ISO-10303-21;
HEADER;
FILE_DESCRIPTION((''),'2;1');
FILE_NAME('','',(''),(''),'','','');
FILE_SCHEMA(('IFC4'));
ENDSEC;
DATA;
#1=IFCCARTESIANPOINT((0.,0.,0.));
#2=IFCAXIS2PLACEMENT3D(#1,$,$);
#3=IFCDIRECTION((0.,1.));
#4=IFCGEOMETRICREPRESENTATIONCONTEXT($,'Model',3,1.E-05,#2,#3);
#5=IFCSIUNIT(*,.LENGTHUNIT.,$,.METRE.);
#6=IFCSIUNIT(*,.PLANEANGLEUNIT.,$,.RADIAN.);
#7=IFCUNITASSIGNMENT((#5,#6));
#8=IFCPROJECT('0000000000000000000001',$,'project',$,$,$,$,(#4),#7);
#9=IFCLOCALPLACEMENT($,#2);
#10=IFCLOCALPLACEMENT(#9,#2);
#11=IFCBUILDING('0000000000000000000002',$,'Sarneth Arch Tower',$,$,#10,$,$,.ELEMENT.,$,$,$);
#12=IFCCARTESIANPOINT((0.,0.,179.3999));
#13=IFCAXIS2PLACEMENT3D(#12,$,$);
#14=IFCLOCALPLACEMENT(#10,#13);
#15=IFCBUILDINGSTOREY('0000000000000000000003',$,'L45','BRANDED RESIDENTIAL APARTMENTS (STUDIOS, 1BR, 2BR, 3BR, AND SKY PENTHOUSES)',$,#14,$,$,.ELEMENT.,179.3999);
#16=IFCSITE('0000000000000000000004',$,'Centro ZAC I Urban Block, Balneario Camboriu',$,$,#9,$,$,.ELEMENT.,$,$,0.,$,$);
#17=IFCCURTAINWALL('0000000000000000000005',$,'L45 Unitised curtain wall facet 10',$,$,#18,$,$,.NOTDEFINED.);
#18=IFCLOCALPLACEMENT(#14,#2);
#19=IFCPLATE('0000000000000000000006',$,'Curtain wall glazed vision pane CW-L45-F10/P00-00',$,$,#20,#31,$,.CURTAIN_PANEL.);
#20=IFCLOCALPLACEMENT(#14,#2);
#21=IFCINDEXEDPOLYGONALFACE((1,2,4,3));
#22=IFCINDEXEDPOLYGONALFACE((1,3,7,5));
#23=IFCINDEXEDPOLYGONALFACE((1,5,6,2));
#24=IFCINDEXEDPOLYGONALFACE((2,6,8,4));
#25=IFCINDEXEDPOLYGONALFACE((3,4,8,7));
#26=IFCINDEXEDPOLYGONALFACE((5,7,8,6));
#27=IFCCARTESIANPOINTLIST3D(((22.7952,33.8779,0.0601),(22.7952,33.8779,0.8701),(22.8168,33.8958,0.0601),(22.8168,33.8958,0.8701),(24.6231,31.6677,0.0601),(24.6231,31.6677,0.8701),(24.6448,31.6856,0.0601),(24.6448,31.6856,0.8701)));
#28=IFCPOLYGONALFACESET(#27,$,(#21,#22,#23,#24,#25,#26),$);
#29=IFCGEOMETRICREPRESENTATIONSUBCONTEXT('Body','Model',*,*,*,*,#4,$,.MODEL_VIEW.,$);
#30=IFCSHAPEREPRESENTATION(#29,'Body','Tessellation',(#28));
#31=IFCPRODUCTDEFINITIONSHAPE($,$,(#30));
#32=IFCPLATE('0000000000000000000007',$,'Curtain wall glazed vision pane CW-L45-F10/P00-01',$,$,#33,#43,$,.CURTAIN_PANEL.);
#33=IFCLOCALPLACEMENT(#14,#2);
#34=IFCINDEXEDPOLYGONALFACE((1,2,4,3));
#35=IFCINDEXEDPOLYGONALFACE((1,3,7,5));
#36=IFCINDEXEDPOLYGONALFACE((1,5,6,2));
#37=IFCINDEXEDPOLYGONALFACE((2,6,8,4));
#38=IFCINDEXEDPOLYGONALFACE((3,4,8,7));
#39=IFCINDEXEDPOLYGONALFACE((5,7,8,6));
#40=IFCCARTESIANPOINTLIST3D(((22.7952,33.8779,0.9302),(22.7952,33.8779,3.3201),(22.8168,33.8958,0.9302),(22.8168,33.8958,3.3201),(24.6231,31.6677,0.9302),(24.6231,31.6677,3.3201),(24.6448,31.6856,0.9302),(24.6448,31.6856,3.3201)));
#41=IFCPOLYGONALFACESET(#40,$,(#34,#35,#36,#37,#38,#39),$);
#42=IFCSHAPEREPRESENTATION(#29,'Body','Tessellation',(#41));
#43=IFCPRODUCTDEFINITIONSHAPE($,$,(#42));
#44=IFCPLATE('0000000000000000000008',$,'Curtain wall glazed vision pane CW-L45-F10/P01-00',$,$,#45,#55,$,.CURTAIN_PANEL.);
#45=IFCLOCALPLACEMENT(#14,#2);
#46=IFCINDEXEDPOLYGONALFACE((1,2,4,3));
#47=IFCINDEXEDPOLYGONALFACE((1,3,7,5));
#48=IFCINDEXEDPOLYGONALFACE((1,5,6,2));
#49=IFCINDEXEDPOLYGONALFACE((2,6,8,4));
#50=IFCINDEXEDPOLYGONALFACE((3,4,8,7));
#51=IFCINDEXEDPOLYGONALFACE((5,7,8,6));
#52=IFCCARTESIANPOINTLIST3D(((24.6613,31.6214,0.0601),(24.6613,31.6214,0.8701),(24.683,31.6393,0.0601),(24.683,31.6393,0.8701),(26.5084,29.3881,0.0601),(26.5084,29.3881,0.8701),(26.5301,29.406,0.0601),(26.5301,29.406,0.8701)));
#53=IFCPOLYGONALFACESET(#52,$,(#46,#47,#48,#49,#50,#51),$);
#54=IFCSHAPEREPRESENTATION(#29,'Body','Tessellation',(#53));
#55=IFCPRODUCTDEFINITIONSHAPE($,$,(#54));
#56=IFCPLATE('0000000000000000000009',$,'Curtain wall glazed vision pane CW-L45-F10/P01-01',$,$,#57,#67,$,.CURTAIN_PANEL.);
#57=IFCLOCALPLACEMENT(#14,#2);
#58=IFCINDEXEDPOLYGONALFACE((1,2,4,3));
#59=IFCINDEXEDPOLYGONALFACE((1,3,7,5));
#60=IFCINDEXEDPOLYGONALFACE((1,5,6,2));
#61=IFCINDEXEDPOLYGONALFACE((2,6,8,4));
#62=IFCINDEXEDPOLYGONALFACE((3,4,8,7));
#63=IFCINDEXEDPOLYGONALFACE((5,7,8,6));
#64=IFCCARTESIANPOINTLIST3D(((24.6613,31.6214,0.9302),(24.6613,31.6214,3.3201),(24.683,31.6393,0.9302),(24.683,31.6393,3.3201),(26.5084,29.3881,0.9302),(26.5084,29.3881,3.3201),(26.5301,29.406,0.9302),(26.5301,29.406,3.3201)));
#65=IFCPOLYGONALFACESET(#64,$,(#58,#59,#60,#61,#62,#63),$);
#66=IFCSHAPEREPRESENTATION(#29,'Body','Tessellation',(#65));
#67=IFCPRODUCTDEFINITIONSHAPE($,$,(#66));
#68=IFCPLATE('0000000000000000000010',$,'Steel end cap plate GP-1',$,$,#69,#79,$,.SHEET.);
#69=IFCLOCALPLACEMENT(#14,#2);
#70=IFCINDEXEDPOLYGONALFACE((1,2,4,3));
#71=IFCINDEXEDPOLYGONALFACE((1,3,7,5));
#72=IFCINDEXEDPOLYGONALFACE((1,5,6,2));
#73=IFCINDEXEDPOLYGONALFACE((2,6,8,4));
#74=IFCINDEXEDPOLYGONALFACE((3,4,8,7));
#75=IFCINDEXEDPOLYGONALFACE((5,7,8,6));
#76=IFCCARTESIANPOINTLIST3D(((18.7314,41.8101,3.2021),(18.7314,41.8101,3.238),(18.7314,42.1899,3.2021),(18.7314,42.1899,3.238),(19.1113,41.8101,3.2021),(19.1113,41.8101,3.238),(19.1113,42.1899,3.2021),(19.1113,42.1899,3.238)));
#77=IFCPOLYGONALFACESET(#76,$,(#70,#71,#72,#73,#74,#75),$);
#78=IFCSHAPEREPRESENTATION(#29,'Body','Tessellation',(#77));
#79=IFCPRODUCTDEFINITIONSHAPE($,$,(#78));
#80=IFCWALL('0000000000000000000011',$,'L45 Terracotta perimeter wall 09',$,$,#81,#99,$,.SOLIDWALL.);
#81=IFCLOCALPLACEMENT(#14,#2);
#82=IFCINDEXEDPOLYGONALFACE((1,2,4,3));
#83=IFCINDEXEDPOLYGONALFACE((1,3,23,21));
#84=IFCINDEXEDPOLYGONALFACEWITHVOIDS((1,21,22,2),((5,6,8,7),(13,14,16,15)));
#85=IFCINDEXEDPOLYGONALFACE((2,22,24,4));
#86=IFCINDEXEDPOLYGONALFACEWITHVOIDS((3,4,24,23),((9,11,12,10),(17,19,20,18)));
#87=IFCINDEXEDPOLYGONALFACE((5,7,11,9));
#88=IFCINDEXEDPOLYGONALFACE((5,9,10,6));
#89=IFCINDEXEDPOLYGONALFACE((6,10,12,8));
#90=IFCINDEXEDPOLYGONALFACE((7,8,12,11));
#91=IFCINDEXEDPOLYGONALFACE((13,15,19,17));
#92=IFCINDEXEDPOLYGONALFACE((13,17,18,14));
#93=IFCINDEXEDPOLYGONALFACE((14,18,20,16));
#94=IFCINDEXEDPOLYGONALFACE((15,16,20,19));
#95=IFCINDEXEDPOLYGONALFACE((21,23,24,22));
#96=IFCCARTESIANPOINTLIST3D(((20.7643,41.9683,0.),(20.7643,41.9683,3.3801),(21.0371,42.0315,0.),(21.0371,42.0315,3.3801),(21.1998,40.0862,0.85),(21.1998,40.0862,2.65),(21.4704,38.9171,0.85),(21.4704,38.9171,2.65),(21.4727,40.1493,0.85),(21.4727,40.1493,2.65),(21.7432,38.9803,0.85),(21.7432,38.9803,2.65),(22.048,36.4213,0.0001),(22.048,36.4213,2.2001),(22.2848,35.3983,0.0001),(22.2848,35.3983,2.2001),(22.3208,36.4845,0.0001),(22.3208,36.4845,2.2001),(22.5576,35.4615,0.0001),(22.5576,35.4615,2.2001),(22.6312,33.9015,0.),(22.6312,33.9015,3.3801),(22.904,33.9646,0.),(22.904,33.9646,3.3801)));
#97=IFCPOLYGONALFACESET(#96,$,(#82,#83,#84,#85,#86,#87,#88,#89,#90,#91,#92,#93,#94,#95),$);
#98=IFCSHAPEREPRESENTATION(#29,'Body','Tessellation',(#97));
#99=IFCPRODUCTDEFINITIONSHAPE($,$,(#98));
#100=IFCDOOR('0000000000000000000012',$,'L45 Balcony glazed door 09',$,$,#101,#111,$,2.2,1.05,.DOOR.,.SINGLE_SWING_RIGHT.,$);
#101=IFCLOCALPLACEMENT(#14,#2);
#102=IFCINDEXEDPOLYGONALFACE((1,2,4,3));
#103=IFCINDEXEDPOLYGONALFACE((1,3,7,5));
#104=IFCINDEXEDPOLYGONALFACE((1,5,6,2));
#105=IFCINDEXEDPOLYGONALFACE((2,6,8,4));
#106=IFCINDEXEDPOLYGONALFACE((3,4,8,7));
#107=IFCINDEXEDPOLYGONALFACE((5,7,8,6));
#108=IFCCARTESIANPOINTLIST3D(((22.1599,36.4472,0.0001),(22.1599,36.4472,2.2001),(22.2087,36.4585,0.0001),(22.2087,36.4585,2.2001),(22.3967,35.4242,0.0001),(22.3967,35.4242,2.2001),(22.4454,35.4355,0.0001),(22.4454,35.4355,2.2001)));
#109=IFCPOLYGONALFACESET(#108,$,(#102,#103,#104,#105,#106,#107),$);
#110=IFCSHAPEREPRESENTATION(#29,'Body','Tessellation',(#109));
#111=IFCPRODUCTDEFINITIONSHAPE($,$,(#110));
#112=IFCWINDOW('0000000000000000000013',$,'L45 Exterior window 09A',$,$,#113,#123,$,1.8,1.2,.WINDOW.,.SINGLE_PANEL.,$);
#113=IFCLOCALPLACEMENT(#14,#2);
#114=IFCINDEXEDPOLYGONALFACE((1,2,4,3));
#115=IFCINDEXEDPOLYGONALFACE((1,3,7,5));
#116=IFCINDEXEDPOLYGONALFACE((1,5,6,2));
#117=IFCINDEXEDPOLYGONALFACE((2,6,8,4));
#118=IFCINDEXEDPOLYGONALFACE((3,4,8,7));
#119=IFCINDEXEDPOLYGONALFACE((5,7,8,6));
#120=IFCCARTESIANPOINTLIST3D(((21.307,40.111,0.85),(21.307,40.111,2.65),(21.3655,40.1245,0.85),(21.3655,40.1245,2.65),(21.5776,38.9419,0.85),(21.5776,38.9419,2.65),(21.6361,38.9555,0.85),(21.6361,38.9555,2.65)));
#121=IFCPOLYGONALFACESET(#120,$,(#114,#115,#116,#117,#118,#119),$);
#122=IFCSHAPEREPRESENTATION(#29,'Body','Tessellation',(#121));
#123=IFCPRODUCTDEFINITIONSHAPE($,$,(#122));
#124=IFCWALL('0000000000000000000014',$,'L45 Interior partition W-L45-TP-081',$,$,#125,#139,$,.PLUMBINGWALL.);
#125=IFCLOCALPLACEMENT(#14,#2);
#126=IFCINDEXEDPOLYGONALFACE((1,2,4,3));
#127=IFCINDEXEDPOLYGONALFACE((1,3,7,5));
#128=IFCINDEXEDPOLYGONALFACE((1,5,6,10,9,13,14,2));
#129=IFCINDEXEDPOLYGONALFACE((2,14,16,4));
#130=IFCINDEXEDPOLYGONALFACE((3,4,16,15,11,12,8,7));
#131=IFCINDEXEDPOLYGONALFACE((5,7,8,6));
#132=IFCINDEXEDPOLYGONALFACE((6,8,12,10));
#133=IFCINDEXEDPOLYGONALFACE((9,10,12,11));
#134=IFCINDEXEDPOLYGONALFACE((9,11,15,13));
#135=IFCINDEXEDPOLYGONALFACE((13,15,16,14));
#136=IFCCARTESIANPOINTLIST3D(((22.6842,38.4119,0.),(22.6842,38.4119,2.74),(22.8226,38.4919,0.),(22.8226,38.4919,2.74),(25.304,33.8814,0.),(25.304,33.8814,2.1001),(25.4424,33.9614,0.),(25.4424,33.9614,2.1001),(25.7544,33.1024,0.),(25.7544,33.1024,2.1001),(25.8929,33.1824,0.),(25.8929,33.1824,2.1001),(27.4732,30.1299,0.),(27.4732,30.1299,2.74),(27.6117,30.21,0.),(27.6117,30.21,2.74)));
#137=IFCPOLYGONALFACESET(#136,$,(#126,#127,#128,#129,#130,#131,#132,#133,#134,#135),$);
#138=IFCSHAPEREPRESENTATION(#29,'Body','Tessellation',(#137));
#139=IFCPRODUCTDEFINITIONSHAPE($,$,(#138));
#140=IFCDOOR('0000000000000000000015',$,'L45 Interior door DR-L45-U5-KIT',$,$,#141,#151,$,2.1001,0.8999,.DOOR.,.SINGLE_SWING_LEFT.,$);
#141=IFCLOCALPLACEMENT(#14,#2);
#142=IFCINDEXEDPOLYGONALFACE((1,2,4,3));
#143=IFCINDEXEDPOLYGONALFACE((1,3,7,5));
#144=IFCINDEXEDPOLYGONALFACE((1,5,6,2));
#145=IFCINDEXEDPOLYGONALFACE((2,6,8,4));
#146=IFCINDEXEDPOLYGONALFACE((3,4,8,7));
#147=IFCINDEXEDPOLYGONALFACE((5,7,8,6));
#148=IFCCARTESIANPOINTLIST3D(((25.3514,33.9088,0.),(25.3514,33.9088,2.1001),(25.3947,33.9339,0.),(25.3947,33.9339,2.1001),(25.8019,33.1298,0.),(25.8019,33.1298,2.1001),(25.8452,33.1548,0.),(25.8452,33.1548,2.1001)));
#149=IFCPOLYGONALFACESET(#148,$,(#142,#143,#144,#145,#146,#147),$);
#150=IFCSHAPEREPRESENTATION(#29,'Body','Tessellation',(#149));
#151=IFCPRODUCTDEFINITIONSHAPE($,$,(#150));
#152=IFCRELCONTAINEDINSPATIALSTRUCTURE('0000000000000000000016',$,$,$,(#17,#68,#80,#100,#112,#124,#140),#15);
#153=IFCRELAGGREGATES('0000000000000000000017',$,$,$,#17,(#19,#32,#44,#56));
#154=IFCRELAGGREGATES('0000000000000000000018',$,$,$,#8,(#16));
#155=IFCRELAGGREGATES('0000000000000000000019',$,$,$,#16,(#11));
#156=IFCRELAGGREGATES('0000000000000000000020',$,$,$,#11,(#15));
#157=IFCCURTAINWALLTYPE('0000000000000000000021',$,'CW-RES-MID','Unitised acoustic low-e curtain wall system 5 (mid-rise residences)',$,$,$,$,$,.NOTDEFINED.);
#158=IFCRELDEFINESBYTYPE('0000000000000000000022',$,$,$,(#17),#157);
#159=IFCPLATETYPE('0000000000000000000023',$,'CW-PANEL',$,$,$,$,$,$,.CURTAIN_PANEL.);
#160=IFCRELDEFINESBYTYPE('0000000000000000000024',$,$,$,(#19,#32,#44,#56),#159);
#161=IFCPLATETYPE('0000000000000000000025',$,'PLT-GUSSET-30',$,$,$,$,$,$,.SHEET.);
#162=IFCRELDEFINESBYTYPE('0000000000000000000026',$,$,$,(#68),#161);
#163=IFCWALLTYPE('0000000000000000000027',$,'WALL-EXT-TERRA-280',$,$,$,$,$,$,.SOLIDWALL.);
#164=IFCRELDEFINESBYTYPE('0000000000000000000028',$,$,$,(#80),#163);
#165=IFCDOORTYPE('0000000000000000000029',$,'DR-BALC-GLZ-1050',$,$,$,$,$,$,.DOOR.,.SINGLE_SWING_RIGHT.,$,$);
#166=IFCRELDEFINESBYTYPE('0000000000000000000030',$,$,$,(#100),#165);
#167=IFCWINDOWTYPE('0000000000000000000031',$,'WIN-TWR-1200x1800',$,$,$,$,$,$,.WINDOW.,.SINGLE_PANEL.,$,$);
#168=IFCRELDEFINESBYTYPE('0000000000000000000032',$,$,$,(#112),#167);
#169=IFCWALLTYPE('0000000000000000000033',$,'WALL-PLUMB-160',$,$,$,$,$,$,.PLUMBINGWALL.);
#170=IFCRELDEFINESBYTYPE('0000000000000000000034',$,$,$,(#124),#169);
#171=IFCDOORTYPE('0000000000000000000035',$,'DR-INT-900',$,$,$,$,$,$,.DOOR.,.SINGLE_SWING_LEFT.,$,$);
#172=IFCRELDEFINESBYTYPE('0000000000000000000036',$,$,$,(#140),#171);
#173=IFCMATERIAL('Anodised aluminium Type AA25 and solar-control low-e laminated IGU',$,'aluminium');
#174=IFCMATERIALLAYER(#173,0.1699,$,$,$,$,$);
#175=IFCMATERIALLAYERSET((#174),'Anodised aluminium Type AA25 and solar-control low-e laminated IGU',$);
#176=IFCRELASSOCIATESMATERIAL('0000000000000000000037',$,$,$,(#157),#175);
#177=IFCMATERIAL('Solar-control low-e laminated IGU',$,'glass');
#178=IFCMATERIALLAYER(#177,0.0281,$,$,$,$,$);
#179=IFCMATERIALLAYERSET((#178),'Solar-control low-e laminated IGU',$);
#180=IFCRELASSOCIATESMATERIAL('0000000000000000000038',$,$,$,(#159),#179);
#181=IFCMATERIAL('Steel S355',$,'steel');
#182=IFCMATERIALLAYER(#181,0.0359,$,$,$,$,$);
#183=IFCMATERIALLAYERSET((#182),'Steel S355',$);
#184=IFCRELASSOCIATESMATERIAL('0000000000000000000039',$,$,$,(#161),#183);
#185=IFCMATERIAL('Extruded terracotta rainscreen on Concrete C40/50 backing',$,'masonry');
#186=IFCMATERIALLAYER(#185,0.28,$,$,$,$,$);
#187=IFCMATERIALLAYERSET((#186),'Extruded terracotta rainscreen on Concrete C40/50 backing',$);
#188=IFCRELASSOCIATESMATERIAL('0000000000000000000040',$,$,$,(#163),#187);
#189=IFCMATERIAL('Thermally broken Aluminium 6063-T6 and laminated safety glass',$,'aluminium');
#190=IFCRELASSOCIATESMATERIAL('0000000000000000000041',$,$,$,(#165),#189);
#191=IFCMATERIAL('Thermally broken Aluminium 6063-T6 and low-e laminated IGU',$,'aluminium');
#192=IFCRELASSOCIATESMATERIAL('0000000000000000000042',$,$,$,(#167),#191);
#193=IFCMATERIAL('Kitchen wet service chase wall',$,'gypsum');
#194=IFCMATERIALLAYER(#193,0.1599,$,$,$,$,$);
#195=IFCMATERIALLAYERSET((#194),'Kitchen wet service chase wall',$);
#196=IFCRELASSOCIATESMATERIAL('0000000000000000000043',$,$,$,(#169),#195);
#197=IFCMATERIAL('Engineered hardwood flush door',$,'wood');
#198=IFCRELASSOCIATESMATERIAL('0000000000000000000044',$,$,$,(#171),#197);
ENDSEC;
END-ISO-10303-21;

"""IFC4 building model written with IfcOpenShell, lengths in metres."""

from ifc_helpers import new_model, si_unit, direction, frame, frame_2d, origin, origin_2d, place, context, subcontext, project, spatial, rectangle, extrude, material, layer, layer_set, type_object, element, fill, aggregate, save


model = new_model("IFC4")

# Units and contexts
model_context = context("Model", 3, precision=1e-05, world=origin(), true_north=direction((0.0, 1.0)))
body_context = subcontext(model_context, "Body", "Model", "MODEL_VIEW")
ifc_project = project(units=[si_unit("LENGTHUNIT", "METRE"), si_unit("PLANEANGLEUNIT", "RADIAN")], contexts=[model_context])

# Site, building, storey
site_placement = place(None, origin())
site = spatial("IfcSite", under=ifc_project, at=site_placement, Name="Centro ZAC I Urban Block, Balneario Camboriu", CompositionType="ELEMENT", RefElevation=0.0)
building_placement = place(site_placement, origin())
building = spatial("IfcBuilding", under=site, at=building_placement, Name="Sarneth Arch Tower", CompositionType="ELEMENT")
storey_placement = place(building_placement, frame((0.0, 0.0, 179.3999)))
storey = spatial("IfcBuildingStorey", under=building, at=storey_placement, Name="L45", Description="BRANDED RESIDENTIAL APARTMENTS (STUDIOS, 1BR, 2BR, 3BR, AND SKY PENTHOUSES)", CompositionType="ELEMENT", Elevation=179.3999)

# Curtain wall, plates
ifc_material_1 = material(Name="Anodised aluminium Type AA25 and solar-control low-e laminated IGU", Category="aluminium")
ifc_layer_1 = layer(ifc_material_1, 0.1699)
ifc_layer_set_1 = layer_set([ifc_layer_1], Name="Anodised aluminium Type AA25 and solar-control low-e laminated IGU")
curtain_wall_type = type_object("IfcCurtainWallType", Name="CW-RES-MID", Description="Unitised acoustic low-e curtain wall system 5 (mid-rise residences)", PredefinedType="NOTDEFINED", material=ifc_layer_set_1)
curtain_wall_placement = place(storey_placement, origin())
curtain_wall = element("IfcCurtainWall", 1, at=curtain_wall_placement, inside=storey, type_object=curtain_wall_type, Name="L45 Unitised curtain wall facet 10", PredefinedType="NOTDEFINED")
ifc_material_2 = material(Name="Solar-control low-e laminated IGU", Category="glass")
ifc_layer_2 = layer(ifc_material_2, 0.0281)
ifc_layer_set_2 = layer_set([ifc_layer_2], Name="Solar-control low-e laminated IGU")
plate_type_1 = type_object("IfcPlateType", Name="CW-PANEL", PredefinedType="CURTAIN_PANEL", material=ifc_layer_set_2)
plate_1_placement = place(storey_placement, frame((23.72, 32.7817, 0.0601), z_axis=(0.0, 0.0, 1.0), x_axis=(0.63733, -0.770591, 0.0)))
plate_1 = element("IfcPlate", 2, at=plate_1_placement, type_object=plate_type_1, Name="Curtain wall glazed vision pane CW-L45-F10/P00-00", PredefinedType="CURTAIN_PANEL", context=body_context, shape_type="SweptSolid", body=[
    extrude(rectangle(XDim=2.8682, YDim=0.0281, at=origin_2d()), origin(), (0.0, 0.0, 1.0), 0.8101),
])
plate_2_placement = place(storey_placement, frame((23.72, 32.7817, 0.9302), z_axis=(0.0, 0.0, 1.0), x_axis=(0.63733, -0.770591, 0.0)))
plate_2 = element("IfcPlate", 3, at=plate_2_placement, type_object=plate_type_1, Name="Curtain wall glazed vision pane CW-L45-F10/P00-01", PredefinedType="CURTAIN_PANEL", context=body_context, shape_type="SweptSolid", body=[
    extrude(rectangle(XDim=2.8682, YDim=0.0281, at=origin_2d()), origin(), (0.0, 0.0, 1.0), 2.3899),
])
plate_3_placement = place(storey_placement, frame((25.5957, 30.5137, 0.0601), z_axis=(0.0, 0.0, 1.0), x_axis=(0.63733, -0.770591, 0.0)))
plate_3 = element("IfcPlate", 4, at=plate_3_placement, type_object=plate_type_1, Name="Curtain wall glazed vision pane CW-L45-F10/P01-00", PredefinedType="CURTAIN_PANEL", context=body_context, shape_type="SweptSolid", body=[
    extrude(rectangle(XDim=2.8982, YDim=0.0281, at=origin_2d()), origin(), (0.0, 0.0, 1.0), 0.8101),
])
plate_4_placement = place(storey_placement, frame((25.5957, 30.5137, 0.9302), z_axis=(0.0, 0.0, 1.0), x_axis=(0.63733, -0.770591, 0.0)))
plate_4 = element("IfcPlate", 5, at=plate_4_placement, type_object=plate_type_1, Name="Curtain wall glazed vision pane CW-L45-F10/P01-01", PredefinedType="CURTAIN_PANEL", context=body_context, shape_type="SweptSolid", body=[
    extrude(rectangle(XDim=2.8982, YDim=0.0281, at=origin_2d()), origin(), (0.0, 0.0, 1.0), 2.3899),
])
aggregate(curtain_wall, [plate_1, plate_2, plate_3, plate_4])

# Plate
ifc_material_3 = material(Name="Steel S355", Category="steel")
ifc_layer_3 = layer(ifc_material_3, 0.0359)
ifc_layer_set_3 = layer_set([ifc_layer_3], Name="Steel S355")
plate_type_2 = type_object("IfcPlateType", Name="PLT-GUSSET-30", PredefinedType="SHEET", material=ifc_layer_set_3)
plate_5_placement = place(storey_placement, frame((18.9214, 42.0, 3.2021), z_axis=(0.0, 0.0, 1.0), x_axis=(-1.0, 0.0, 0.0)))
element("IfcPlate", 6, at=plate_5_placement, inside=storey, type_object=plate_type_2, Name="Steel end cap plate GP-1", PredefinedType="SHEET", context=body_context, shape_type="SweptSolid", body=[
    extrude(rectangle(XDim=0.3799, YDim=0.3799, at=origin_2d()), origin(), (0.0, 0.0, 1.0), 0.0359),
])

# Wall, openings, door, window
ifc_material_4 = material(Name="Extruded terracotta rainscreen on Concrete C40/50 backing", Category="masonry")
ifc_layer_4 = layer(ifc_material_4, 0.28)
ifc_layer_set_4 = layer_set([ifc_layer_4], Name="Extruded terracotta rainscreen on Concrete C40/50 backing")
wall_type_1 = type_object("IfcWallType", Name="WALL-EXT-TERRA-280", PredefinedType="SOLIDWALL", material=ifc_layer_set_4)
wall_1_placement = place(storey_placement, frame((20.9006, 42.0, 0.0), z_axis=(0.0, 0.0, 1.0), x_axis=(0.225473, -0.974249, 0.0)))
wall_1 = element("IfcWall", 7, at=wall_1_placement, inside=storey, type_object=wall_type_1, Name="L45 Terracotta perimeter wall 09", PredefinedType="SOLIDWALL", context=body_context, shape_type="SweptSolid", body=[
    extrude(rectangle(XDim=8.28, YDim=0.28, at=frame_2d((4.1401, 0.0))), origin(), (0.0, 0.0, 1.0), 3.3801),
])
opening_1_placement = place(wall_1_placement, frame((1.9319, 0.0, 0.8501)))
opening_1 = element("IfcOpeningElement", 8, at=opening_1_placement, cuts=wall_1, PredefinedType="OPENING", context=body_context, shape_type="SweptSolid", body=[
    extrude(rectangle(XDim=1.2, YDim=1.8, at=frame_2d((0.6001, 0.8999))), frame((0.0, 0.1499, 0.0), z_axis=(0.0, -1.0, 0.0), x_axis=(1.0, 0.0, 0.0)), (0.0, 0.0, 1.0), 0.3),
])
opening_2_placement = place(wall_1_placement, frame((5.6938, 0.0, 0.0)))
opening_2 = element("IfcOpeningElement", 9, at=opening_2_placement, cuts=wall_1, PredefinedType="OPENING", context=body_context, shape_type="SweptSolid", body=[
    extrude(rectangle(XDim=1.05, YDim=2.2, at=frame_2d((0.5249, 1.1001))), frame((0.0, 0.1499, 0.0), z_axis=(0.0, -1.0, 0.0), x_axis=(1.0, 0.0, 0.0)), (0.0, 0.0, 1.0), 0.3),
])
ifc_material_5 = material(Name="Thermally broken Aluminium 6063-T6 and laminated safety glass", Category="aluminium")
door_type_1 = type_object("IfcDoorType", Name="DR-BALC-GLZ-1050", OperationType="SINGLE_SWING_RIGHT", PredefinedType="DOOR", material=ifc_material_5)
door_1_placement = place(opening_2_placement, origin())
door_1 = element("IfcDoor", 10, at=door_1_placement, inside=storey, type_object=door_type_1, Name="L45 Balcony glazed door 09", OperationType="SINGLE_SWING_RIGHT", OverallHeight=2.2, OverallWidth=1.05, PredefinedType="DOOR", context=body_context, shape_type="SweptSolid", body=[
    extrude(rectangle(XDim=1.05, YDim=2.2, at=frame_2d((0.5249, 1.1001))), frame((0.0, 0.0249, 0.0), z_axis=(0.0, -1.0, 0.0), x_axis=(1.0, 0.0, 0.0)), (0.0, 0.0, 1.0), 0.05),
])
fill(opening_2, door_1)
ifc_material_6 = material(Name="Thermally broken Aluminium 6063-T6 and low-e laminated IGU", Category="aluminium")
window_type = type_object("IfcWindowType", Name="WIN-TWR-1200x1800", PartitioningType="SINGLE_PANEL", PredefinedType="WINDOW", material=ifc_material_6)
window_placement = place(opening_1_placement, origin())
window = element("IfcWindow", 11, at=window_placement, inside=storey, type_object=window_type, Name="L45 Exterior window 09A", OverallHeight=1.8, OverallWidth=1.2, PartitioningType="SINGLE_PANEL", PredefinedType="WINDOW", context=body_context, shape_type="SweptSolid", body=[
    extrude(rectangle(XDim=1.2, YDim=1.8, at=frame_2d((0.6001, 0.8999))), frame((0.0, 0.03, 0.0), z_axis=(0.0, -1.0, 0.0), x_axis=(1.0, 0.0, 0.0)), (0.0, 0.0, 1.0), 0.0601),
])
fill(opening_1, window)

# Wall, opening, door
ifc_material_7 = material(Name="Kitchen wet service chase wall", Category="gypsum")
ifc_layer_5 = layer(ifc_material_7, 0.1599)
ifc_layer_set_5 = layer_set([ifc_layer_5], Name="Kitchen wet service chase wall")
wall_type_2 = type_object("IfcWallType", Name="WALL-PLUMB-160", PredefinedType="PLUMBINGWALL", material=ifc_layer_set_5)
wall_2_placement = place(storey_placement, frame((22.7534, 38.4519, 0.0), z_axis=(0.0, 0.0, 1.0), x_axis=(0.500585, -0.865688, 0.0)))
wall_2 = element("IfcWall", 12, at=wall_2_placement, inside=storey, type_object=wall_type_2, Name="L45 Interior partition W-L45-TP-081", PredefinedType="PLUMBINGWALL", context=body_context, shape_type="SweptSolid", body=[
    extrude(rectangle(XDim=9.5669, YDim=0.1599, at=frame_2d((4.7834, 0.0))), origin(), (0.0, 0.0, 1.0), 2.74),
])
opening_3_placement = place(wall_2_placement, frame((5.2334, 0.0, 0.0)))
opening_3 = element("IfcOpeningElement", 13, at=opening_3_placement, cuts=wall_2, PredefinedType="OPENING", context=body_context, shape_type="SweptSolid", body=[
    extrude(rectangle(XDim=0.8999, YDim=2.1001, at=frame_2d((0.45, 1.05))), frame((0.0, 0.0898, 0.0), z_axis=(0.0, -1.0, 0.0), x_axis=(1.0, 0.0, 0.0)), (0.0, 0.0, 1.0), 0.1799),
])
ifc_material_8 = material(Name="Engineered hardwood flush door", Category="wood")
door_type_2 = type_object("IfcDoorType", Name="DR-INT-900", OperationType="SINGLE_SWING_LEFT", PredefinedType="DOOR", material=ifc_material_8)
door_2_placement = place(opening_3_placement, origin())
door_2 = element("IfcDoor", 14, at=door_2_placement, inside=storey, type_object=door_type_2, Name="L45 Interior door DR-L45-U5-KIT", OperationType="SINGLE_SWING_LEFT", OverallHeight=2.1001, OverallWidth=0.8999, PredefinedType="DOOR", context=body_context, shape_type="SweptSolid", body=[
    extrude(rectangle(XDim=0.8999, YDim=2.1001, at=frame_2d((0.45, 1.05))), frame((0.0, 0.0249, 0.0), z_axis=(0.0, -1.0, 0.0), x_axis=(1.0, 0.0, 0.0)), (0.0, 0.0, 1.0), 0.05),
])
fill(opening_3, door_2)

save(model, "model.ifc")
